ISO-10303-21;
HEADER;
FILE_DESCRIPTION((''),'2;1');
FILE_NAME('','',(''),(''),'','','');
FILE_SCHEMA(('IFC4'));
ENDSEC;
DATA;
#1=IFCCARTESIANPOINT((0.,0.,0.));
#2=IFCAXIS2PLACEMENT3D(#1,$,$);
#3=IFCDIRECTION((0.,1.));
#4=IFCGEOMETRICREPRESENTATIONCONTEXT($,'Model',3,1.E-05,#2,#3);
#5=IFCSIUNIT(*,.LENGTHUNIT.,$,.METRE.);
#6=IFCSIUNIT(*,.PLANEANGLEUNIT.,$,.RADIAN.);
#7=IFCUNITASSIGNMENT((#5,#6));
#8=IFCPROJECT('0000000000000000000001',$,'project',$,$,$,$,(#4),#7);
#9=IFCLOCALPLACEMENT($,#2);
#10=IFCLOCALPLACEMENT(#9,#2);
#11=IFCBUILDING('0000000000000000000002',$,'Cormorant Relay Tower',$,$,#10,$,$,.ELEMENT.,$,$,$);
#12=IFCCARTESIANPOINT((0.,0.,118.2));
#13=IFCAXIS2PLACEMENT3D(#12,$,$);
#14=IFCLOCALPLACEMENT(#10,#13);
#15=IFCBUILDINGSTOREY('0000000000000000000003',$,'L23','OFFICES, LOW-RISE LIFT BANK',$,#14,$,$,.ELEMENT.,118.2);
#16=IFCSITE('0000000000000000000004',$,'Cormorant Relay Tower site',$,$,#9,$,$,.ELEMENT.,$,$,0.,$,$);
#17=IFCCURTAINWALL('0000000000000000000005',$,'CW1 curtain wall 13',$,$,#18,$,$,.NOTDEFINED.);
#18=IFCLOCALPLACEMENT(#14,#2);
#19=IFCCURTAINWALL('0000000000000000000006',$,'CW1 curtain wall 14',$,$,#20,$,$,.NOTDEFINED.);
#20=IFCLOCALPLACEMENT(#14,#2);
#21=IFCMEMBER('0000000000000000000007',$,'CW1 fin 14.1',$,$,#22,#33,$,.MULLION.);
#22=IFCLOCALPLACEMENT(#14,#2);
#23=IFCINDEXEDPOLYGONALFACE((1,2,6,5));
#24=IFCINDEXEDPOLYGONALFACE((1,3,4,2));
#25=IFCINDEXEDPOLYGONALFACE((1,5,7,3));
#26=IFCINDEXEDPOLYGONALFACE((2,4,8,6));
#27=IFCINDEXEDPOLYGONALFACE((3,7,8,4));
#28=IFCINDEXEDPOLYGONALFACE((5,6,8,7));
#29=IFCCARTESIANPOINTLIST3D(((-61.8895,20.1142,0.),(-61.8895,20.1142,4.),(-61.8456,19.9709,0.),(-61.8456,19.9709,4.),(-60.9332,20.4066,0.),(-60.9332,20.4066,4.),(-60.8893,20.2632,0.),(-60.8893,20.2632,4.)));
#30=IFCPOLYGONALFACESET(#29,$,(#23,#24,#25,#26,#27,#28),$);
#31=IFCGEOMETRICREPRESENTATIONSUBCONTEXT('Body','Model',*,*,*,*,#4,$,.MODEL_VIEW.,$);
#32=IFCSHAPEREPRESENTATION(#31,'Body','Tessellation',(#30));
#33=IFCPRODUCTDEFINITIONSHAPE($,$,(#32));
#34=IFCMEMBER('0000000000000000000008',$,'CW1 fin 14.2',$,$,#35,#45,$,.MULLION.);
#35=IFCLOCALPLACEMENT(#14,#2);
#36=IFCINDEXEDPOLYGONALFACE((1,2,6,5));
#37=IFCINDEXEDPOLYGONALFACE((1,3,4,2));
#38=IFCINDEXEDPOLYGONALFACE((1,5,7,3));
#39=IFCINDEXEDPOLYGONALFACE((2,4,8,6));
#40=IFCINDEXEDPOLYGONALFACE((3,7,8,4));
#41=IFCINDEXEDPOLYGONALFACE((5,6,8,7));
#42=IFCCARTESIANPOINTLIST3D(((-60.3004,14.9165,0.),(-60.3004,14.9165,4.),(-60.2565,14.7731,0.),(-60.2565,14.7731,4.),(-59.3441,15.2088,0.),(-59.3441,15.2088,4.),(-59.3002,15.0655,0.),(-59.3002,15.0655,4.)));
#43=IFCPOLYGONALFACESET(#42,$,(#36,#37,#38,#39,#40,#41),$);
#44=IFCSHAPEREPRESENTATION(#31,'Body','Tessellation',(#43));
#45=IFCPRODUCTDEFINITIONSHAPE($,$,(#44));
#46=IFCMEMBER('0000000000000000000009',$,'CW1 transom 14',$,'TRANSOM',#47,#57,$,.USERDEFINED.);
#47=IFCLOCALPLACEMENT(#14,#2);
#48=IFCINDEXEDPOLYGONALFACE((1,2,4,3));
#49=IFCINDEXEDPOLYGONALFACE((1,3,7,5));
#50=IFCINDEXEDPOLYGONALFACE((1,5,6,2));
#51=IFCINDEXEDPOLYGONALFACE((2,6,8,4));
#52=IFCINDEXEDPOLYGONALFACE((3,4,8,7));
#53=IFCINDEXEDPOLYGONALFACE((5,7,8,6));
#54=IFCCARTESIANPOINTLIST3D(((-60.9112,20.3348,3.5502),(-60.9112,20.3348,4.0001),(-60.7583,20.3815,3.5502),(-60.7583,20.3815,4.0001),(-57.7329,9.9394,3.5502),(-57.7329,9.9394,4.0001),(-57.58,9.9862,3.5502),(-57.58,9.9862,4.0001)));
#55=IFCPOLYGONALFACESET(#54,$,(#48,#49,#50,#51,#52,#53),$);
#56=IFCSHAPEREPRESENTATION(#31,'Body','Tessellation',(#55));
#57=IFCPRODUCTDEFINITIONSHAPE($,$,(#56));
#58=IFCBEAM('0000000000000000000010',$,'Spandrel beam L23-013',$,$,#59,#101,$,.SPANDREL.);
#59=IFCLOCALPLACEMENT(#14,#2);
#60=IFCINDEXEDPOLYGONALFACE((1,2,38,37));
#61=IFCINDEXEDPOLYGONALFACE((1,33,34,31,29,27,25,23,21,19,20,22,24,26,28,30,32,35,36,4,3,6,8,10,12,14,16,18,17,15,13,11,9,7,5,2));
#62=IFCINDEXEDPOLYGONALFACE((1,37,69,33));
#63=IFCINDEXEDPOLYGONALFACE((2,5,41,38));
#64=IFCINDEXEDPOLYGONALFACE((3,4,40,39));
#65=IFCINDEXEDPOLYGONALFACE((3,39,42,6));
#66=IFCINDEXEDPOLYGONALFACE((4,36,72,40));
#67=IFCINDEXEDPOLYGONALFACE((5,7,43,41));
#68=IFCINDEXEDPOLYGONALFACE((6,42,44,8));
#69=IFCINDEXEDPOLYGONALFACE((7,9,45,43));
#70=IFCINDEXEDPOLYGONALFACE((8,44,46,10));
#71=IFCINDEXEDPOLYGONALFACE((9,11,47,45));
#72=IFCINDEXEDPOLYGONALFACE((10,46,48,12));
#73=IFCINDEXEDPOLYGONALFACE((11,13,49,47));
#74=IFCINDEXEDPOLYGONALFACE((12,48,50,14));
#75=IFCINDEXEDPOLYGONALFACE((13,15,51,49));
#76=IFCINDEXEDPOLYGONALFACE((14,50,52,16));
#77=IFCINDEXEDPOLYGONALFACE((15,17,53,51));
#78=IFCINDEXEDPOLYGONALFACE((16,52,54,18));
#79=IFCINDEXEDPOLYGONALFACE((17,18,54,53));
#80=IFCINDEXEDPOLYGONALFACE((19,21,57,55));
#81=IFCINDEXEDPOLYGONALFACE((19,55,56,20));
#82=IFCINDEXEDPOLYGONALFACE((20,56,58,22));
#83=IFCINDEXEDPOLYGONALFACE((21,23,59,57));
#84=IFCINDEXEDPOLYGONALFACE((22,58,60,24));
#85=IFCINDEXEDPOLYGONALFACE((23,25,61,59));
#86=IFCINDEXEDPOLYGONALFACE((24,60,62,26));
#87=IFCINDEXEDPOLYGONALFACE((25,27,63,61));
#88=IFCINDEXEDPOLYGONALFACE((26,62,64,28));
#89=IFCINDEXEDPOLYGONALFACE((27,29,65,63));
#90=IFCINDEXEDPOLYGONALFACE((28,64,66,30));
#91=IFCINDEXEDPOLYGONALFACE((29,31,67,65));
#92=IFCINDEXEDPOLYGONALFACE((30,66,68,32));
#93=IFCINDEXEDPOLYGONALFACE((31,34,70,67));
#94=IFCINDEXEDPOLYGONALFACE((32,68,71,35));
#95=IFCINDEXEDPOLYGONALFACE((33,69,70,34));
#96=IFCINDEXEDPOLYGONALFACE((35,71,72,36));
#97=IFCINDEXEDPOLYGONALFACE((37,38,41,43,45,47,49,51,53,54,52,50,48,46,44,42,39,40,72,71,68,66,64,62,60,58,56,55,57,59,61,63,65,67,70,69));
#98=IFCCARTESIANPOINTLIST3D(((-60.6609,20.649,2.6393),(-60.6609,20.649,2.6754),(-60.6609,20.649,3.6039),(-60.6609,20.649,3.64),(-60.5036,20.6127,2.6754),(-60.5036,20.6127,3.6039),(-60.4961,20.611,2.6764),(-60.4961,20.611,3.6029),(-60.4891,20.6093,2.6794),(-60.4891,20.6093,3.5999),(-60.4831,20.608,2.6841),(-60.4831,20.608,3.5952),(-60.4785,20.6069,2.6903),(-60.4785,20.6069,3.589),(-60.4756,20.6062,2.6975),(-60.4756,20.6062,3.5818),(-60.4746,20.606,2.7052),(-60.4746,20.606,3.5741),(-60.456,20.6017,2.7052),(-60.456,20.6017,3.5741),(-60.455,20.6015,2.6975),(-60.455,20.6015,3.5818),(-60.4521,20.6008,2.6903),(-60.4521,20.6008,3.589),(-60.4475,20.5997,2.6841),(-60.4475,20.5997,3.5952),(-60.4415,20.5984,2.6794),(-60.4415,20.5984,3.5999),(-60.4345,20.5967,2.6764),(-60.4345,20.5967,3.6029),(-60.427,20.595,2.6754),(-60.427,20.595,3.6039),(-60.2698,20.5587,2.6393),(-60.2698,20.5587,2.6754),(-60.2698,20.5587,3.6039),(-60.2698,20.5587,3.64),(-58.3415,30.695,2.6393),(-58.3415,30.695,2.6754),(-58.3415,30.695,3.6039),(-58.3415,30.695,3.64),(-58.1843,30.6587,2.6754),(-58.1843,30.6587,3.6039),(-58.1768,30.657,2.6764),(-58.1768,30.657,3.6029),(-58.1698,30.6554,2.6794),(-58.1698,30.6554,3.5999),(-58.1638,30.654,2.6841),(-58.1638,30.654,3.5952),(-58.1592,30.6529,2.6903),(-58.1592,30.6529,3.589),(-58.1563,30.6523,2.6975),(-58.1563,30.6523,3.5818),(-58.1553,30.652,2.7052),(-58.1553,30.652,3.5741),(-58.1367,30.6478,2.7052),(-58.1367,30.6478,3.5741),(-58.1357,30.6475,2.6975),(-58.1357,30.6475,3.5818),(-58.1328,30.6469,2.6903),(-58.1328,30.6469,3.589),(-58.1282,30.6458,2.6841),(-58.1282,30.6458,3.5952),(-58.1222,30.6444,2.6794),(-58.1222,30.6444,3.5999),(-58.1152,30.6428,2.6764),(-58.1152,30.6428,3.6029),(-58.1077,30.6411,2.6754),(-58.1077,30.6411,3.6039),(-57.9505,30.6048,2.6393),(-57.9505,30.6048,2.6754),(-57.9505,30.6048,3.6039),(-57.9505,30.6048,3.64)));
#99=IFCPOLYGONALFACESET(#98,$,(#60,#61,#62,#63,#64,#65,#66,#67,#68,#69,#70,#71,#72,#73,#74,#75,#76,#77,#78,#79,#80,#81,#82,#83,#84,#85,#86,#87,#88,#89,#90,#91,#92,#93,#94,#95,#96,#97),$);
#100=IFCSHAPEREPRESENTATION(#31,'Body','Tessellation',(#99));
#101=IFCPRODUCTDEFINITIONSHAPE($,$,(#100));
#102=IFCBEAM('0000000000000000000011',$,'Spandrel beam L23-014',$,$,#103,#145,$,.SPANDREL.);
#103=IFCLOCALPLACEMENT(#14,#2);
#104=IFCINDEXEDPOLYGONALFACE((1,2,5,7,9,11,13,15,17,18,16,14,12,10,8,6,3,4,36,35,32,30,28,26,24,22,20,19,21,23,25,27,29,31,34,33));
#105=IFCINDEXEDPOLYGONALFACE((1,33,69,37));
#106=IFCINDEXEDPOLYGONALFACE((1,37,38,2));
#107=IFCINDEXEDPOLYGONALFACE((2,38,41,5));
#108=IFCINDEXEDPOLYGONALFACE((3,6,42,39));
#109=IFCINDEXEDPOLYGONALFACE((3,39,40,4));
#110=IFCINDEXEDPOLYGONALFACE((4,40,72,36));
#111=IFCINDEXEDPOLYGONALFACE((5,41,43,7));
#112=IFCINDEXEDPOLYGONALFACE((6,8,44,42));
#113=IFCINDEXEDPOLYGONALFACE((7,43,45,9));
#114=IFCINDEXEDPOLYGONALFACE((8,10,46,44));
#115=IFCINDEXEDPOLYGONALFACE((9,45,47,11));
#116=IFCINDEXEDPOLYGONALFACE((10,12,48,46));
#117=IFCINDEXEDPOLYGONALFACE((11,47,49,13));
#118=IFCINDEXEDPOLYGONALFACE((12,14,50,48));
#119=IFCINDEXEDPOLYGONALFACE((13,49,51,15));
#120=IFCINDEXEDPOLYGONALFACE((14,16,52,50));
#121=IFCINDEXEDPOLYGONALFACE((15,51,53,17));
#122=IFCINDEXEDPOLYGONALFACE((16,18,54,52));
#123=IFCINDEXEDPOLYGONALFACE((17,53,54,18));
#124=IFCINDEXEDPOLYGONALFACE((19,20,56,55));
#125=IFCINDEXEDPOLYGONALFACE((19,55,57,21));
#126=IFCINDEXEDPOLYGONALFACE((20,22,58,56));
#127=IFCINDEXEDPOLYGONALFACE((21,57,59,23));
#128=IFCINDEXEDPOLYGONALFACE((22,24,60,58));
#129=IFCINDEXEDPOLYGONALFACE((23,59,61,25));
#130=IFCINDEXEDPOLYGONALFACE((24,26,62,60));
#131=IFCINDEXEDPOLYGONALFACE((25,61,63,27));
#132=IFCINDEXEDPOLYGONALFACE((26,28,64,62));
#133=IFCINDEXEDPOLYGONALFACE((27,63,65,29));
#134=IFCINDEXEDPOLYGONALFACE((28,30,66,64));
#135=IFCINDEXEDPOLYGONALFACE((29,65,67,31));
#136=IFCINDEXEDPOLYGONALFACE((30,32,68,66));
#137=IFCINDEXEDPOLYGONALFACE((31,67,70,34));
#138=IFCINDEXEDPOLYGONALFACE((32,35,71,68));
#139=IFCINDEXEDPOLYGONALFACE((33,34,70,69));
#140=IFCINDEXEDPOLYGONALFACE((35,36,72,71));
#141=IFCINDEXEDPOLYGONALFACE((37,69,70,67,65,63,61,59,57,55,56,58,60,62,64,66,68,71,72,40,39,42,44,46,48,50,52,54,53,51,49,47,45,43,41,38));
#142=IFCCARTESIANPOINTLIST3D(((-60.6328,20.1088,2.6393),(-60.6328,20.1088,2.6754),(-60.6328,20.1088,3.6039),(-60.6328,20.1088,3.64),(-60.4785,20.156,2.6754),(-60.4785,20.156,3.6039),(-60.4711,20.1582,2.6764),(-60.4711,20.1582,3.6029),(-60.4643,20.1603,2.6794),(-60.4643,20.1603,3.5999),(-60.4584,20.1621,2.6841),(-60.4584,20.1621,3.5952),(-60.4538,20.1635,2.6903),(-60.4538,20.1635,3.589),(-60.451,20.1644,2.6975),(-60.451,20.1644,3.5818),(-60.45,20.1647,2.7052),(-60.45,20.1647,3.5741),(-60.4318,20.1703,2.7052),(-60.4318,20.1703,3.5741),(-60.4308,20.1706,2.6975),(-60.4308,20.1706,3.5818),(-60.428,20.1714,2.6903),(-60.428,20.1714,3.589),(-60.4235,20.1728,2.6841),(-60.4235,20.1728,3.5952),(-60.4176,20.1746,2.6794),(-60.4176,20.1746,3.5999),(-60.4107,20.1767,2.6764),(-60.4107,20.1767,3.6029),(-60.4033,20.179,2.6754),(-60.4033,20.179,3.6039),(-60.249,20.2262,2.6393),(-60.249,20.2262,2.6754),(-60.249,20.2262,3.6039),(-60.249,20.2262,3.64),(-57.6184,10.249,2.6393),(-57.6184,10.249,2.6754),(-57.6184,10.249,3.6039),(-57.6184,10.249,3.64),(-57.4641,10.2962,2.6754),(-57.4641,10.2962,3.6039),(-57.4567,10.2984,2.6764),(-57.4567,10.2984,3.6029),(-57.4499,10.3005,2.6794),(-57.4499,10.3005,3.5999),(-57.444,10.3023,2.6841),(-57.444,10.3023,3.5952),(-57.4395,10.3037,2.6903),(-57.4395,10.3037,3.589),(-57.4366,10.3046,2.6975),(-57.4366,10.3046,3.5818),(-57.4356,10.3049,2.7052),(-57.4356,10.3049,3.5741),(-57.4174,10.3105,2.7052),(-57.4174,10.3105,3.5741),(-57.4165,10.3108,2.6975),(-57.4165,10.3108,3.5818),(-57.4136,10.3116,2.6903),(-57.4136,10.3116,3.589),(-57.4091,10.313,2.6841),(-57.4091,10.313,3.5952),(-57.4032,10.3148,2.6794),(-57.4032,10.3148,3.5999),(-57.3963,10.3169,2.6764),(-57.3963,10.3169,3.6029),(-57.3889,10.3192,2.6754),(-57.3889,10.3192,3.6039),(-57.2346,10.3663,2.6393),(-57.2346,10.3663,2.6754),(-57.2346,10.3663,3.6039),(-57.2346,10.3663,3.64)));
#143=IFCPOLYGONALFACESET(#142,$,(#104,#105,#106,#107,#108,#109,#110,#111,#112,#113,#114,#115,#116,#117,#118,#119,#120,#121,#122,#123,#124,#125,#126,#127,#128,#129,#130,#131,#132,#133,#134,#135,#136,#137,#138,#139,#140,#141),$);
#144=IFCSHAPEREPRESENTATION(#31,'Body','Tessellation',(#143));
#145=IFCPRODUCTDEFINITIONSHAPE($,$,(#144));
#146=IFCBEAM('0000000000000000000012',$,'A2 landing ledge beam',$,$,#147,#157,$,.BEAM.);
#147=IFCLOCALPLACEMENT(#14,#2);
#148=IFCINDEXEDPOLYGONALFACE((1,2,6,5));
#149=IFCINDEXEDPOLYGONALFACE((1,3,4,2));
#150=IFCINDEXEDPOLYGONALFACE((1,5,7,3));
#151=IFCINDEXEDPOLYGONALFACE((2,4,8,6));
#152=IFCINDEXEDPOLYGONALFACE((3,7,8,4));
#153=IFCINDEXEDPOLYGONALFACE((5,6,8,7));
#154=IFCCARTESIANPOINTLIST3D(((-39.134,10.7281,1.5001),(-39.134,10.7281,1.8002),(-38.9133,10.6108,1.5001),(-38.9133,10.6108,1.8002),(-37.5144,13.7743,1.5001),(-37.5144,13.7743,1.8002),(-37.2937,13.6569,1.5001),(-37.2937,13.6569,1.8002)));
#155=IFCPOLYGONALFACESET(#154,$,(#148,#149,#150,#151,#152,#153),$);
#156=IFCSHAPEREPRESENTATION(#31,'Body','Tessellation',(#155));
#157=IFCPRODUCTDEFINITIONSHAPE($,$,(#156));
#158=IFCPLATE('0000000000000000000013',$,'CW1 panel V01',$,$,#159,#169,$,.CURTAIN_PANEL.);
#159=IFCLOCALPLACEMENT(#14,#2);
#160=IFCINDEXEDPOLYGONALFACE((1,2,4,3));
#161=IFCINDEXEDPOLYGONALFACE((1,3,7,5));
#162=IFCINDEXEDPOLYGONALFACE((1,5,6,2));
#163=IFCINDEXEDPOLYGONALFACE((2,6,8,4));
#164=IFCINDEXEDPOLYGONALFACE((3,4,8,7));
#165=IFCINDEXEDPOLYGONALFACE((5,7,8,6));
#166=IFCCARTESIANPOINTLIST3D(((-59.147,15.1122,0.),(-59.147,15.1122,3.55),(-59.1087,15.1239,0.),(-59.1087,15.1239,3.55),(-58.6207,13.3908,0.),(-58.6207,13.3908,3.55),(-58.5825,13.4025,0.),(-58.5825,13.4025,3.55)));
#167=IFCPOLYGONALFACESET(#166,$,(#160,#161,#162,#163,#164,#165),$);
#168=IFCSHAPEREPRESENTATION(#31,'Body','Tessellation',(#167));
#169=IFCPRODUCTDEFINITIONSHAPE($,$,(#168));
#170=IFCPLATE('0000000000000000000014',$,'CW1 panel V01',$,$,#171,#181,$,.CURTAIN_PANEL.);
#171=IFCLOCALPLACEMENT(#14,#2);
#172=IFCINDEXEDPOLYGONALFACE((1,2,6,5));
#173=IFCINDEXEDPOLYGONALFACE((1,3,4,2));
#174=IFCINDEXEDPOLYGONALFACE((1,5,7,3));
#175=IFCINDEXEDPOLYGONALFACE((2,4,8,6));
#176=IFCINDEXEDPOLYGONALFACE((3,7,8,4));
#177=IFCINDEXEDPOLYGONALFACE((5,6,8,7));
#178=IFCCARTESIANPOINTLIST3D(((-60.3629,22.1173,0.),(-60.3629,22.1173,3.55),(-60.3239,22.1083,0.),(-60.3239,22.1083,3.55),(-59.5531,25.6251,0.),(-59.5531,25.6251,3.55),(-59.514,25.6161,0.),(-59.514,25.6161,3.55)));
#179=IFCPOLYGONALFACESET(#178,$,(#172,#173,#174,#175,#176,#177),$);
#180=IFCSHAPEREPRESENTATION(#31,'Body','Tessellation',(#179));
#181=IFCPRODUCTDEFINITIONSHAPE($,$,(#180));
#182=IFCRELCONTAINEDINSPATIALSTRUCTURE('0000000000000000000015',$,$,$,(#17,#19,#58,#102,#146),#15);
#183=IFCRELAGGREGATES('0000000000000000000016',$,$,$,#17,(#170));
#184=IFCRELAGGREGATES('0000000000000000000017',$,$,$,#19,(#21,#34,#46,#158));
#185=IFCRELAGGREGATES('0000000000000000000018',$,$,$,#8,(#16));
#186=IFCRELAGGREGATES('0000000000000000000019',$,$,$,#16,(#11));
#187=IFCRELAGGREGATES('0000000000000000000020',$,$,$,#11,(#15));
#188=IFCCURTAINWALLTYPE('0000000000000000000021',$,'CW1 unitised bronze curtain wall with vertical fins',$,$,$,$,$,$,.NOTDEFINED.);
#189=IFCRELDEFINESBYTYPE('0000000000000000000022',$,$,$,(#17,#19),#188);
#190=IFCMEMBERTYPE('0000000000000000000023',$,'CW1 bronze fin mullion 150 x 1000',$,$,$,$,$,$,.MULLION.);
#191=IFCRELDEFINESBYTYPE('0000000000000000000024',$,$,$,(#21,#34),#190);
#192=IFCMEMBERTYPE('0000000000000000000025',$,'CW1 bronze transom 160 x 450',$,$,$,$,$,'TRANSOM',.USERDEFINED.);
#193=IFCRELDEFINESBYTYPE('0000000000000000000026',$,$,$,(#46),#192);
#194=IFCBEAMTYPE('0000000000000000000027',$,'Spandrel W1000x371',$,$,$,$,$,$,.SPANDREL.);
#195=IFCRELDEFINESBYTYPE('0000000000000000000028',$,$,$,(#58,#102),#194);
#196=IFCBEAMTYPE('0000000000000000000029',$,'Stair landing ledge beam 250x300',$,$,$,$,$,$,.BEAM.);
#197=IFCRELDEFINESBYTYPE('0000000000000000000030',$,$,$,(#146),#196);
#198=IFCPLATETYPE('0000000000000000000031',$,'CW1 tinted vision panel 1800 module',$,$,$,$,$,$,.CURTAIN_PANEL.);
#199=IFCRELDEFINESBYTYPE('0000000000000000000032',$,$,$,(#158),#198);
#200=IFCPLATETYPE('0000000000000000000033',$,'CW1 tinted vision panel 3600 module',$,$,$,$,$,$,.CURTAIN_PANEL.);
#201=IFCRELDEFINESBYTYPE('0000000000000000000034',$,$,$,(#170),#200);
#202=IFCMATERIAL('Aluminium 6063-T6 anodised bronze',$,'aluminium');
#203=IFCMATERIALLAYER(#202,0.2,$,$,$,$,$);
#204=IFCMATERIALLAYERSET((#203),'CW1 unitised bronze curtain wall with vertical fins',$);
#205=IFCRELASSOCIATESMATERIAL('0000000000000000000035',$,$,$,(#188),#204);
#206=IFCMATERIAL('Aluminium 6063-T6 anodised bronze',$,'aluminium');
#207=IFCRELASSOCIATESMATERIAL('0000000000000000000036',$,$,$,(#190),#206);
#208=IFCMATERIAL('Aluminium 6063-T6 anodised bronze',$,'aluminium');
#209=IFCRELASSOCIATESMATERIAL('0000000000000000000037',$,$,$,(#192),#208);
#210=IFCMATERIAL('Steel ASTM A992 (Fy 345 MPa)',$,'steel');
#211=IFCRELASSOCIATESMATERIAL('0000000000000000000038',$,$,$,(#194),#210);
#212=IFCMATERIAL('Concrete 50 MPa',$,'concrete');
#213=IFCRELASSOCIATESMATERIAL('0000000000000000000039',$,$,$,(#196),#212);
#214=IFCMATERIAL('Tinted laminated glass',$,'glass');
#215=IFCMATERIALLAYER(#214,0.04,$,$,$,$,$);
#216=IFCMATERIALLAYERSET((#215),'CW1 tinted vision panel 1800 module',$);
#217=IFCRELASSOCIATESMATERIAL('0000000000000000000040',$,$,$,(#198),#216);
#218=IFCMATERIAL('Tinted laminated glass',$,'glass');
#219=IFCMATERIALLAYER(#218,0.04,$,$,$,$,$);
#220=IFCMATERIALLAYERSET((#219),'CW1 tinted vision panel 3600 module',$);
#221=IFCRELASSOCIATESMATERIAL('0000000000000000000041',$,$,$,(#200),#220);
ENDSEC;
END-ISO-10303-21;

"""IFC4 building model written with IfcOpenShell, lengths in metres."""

from ifc_helpers import new_model, si_unit, direction, frame, origin, origin_2d, place, context, subcontext, project, spatial, rectangle, i_section, extrude, material, layer, layer_set, material_profile, profile_set, type_object, element, aggregate, save


model = new_model("IFC4")

# Units and contexts
model_context = context("Model", 3, precision=1e-05, world=origin(), true_north=direction((0.0, 1.0)))
body_context = subcontext(model_context, "Body", "Model", "MODEL_VIEW")
ifc_project = project(units=[si_unit("LENGTHUNIT", "METRE"), si_unit("PLANEANGLEUNIT", "RADIAN")], contexts=[model_context])

# Site, building, storey
site_placement = place(None, origin())
site = spatial("IfcSite", under=ifc_project, at=site_placement, Name="Cormorant Relay Tower site", CompositionType="ELEMENT", RefElevation=0.0)
building_placement = place(site_placement, origin())
building = spatial("IfcBuilding", under=site, at=building_placement, Name="Cormorant Relay Tower", CompositionType="ELEMENT")
storey_placement = place(building_placement, frame((0.0, 0.0, 118.2)))
storey = spatial("IfcBuildingStorey", under=building, at=storey_placement, Name="L23", Description="OFFICES, LOW-RISE LIFT BANK", CompositionType="ELEMENT", Elevation=118.2)

# Curtain wall
ifc_material_1 = material(Name="Aluminium 6063-T6 anodised bronze", Category="aluminium")
ifc_layer_1 = layer(ifc_material_1, 0.2)
ifc_layer_set_1 = layer_set([ifc_layer_1], Name="CW1 unitised bronze curtain wall with vertical fins")
curtain_wall_type = type_object("IfcCurtainWallType", Name="CW1 unitised bronze curtain wall with vertical fins", PredefinedType="NOTDEFINED", material=ifc_layer_set_1)
curtain_wall_1_placement = place(storey_placement, origin())
curtain_wall_1 = element("IfcCurtainWall", 1, at=curtain_wall_1_placement, inside=storey, type_object=curtain_wall_type, Name="CW1 curtain wall 13", PredefinedType="NOTDEFINED")
ifc_material_2 = material(Name="Aluminium 6063-T6 anodised bronze", Category="aluminium")
ifc_material_profile_1 = material_profile(ifc_material_2, rectangle(XDim=0.1499, YDim=1.0, at=origin_2d()), Name="AL 150x1000")
ifc_profile_set_1 = profile_set([ifc_material_profile_1], Name="Aluminium 6063-T6 anodised bronze")
member_type_1 = type_object("IfcMemberType", Name="CW1 bronze fin mullion 150 x 1000", PredefinedType="MULLION", material=ifc_profile_set_1)

# Curtain wall, members
curtain_wall_2_placement = place(storey_placement, origin())
curtain_wall_2 = element("IfcCurtainWall", 2, at=curtain_wall_2_placement, inside=storey, type_object=curtain_wall_type, Name="CW1 curtain wall 14", PredefinedType="NOTDEFINED")
member_1_placement = place(storey_placement, frame((-61.3894, 20.1887, 0.0), z_axis=(0.0, 0.0, 1.0), x_axis=(0.292372, -0.956305, 0.0)))
member_1 = element("IfcMember", 3, at=member_1_placement, type_object=member_type_1, Name="CW1 fin 14.1", PredefinedType="MULLION", context=body_context, shape_type="SweptSolid", body=[
    extrude(rectangle(XDim=0.1499, YDim=1.0, at=origin_2d()), origin(), (0.0, 0.0, 1.0), 4.0),
])
member_2_placement = place(storey_placement, frame((-59.8003, 14.991, 0.0), z_axis=(0.0, 0.0, 1.0), x_axis=(0.292372, -0.956305, 0.0)))
member_2 = element("IfcMember", 4, at=member_2_placement, type_object=member_type_1, Name="CW1 fin 14.2", PredefinedType="MULLION", context=body_context, shape_type="SweptSolid", body=[
    extrude(rectangle(XDim=0.1499, YDim=1.0, at=origin_2d()), origin(), (0.0, 0.0, 1.0), 4.0),
])
ifc_material_3 = material(Name="Aluminium 6063-T6 anodised bronze", Category="aluminium")
ifc_material_profile_2 = material_profile(ifc_material_3, rectangle(XDim=0.1599, YDim=0.45, at=origin_2d()), Name="AL 160x450")
ifc_profile_set_2 = profile_set([ifc_material_profile_2], Name="Aluminium 6063-T6 anodised bronze")
member_type_2 = type_object("IfcMemberType", Name="CW1 bronze transom 160 x 450", ElementType="TRANSOM", PredefinedType="USERDEFINED", material=ifc_profile_set_2)
member_3_placement = place(storey_placement, frame((-60.8347, 20.3582, 3.7751), z_axis=(0.292378, -0.956303, 0.0), x_axis=(0.956303, 0.292378, 0.0)))
member_3 = element("IfcMember", 5, at=member_3_placement, type_object=member_type_2, Name="CW1 transom 14", ObjectType="TRANSOM", PredefinedType="USERDEFINED", context=body_context, shape_type="SweptSolid", body=[
    extrude(rectangle(XDim=0.1599, YDim=0.45, at=origin_2d()), origin(), (0.0, 0.0, 1.0), 10.8704),
])

# Beams
ifc_material_4 = material(Name="Steel ASTM A992 (Fy 345 MPa)", Category="steel")
ifc_material_profile_3 = material_profile(ifc_material_4, i_section(OverallWidth=0.4014, OverallDepth=1.0007, WebThickness=0.019, FlangeThickness=0.0361, FilletRadius=0.0298, at=origin_2d()), Name="W1000x371")
ifc_profile_set_3 = profile_set([ifc_material_profile_3], Name="Steel ASTM A992 (Fy 345 MPa)")
beam_type_1 = type_object("IfcBeamType", Name="Spandrel W1000x371", PredefinedType="SPANDREL", material=ifc_profile_set_3)
for number, where, z_axis, x_axis, name in (
    (6, (-58.146, 30.6499, 3.1396), (-0.224951, -0.97437, 0.0), (0.97437, -0.224951, 0.0), "Spandrel beam L23-013"),
    (7, (-60.4409, 20.1675, 3.1396), (0.292367, -0.956306, 0.0), (0.956306, 0.292367, 0.0), "Spandrel beam L23-014"),
):
    element("IfcBeam", number, at=place(storey_placement, frame(where, z_axis=z_axis, x_axis=x_axis)), inside=storey, type_object=beam_type_1, Name=name, PredefinedType="SPANDREL", context=body_context, shape_type="SweptSolid", body=[
        extrude(i_section(OverallWidth=0.4014, OverallDepth=1.0007, WebThickness=0.019, FlangeThickness=0.0361, FilletRadius=0.0298, at=origin_2d()), origin(), (0.0, 0.0, 1.0), 10.3103),
    ])
ifc_material_5 = material(Name="Concrete 50 MPa", Category="concrete")
ifc_material_profile_4 = material_profile(ifc_material_5, rectangle(XDim=0.25, YDim=0.3, at=origin_2d()), Name="RC 250x300")
ifc_profile_set_4 = profile_set([ifc_material_profile_4], Name="Concrete 50 MPa")
beam_type_2 = type_object("IfcBeamType", Name="Stair landing ledge beam 250x300", PredefinedType="BEAM", material=ifc_profile_set_4)
beam_placement = place(storey_placement, frame((-37.4041, 13.7156, 1.6501), z_axis=(-0.469464, -0.882952, 0.0), x_axis=(0.882952, -0.469464, 0.0)))
element("IfcBeam", 8, at=beam_placement, inside=storey, type_object=beam_type_2, Name="A2 landing ledge beam", PredefinedType="BEAM", context=body_context, shape_type="SweptSolid", body=[
    extrude(rectangle(XDim=0.25, YDim=0.3, at=origin_2d()), origin(), (0.0, 0.0, 1.0), 3.45),
])

# Plates
ifc_material_6 = material(Name="Tinted laminated glass", Category="glass")
ifc_layer_2 = layer(ifc_material_6, 0.04)
ifc_layer_set_2 = layer_set([ifc_layer_2], Name="CW1 tinted vision panel 1800 module")
plate_type_1 = type_object("IfcPlateType", Name="CW1 tinted vision panel 1800 module", PredefinedType="CURTAIN_PANEL", material=ifc_layer_set_2)
plate_1_placement = place(storey_placement, frame((-58.8647, 14.2573, 0.0), z_axis=(0.0, 0.0, 1.0), x_axis=(0.292372, -0.956305, 0.0)))
plate_1 = element("IfcPlate", 9, at=plate_1_placement, type_object=plate_type_1, Name="CW1 panel V01", PredefinedType="CURTAIN_PANEL", context=body_context, shape_type="SweptSolid", body=[
    extrude(rectangle(XDim=1.8, YDim=0.04, at=origin_2d()), origin(), (0.0, 0.0, 1.0), 3.55),
])
ifc_material_7 = material(Name="Tinted laminated glass", Category="glass")
ifc_layer_3 = layer(ifc_material_7, 0.04)
ifc_layer_set_3 = layer_set([ifc_layer_3], Name="CW1 tinted vision panel 3600 module")
plate_type_2 = type_object("IfcPlateType", Name="CW1 tinted vision panel 3600 module", PredefinedType="CURTAIN_PANEL", material=ifc_layer_set_3)
plate_2_placement = place(storey_placement, frame((-59.9385, 23.8667, 0.0), z_axis=(0.0, 0.0, 1.0), x_axis=(-0.224951, -0.97437, 0.0)))
plate_2 = element("IfcPlate", 10, at=plate_2_placement, type_object=plate_type_2, Name="CW1 panel V01", PredefinedType="CURTAIN_PANEL", context=body_context, shape_type="SweptSolid", body=[
    extrude(rectangle(XDim=3.6001, YDim=0.04, at=origin_2d()), origin(), (0.0, 0.0, 1.0), 3.55),
])

aggregate(curtain_wall_1, [plate_2])
aggregate(curtain_wall_2, [member_1, member_2, member_3, plate_1])

save(model, "model.ifc")
